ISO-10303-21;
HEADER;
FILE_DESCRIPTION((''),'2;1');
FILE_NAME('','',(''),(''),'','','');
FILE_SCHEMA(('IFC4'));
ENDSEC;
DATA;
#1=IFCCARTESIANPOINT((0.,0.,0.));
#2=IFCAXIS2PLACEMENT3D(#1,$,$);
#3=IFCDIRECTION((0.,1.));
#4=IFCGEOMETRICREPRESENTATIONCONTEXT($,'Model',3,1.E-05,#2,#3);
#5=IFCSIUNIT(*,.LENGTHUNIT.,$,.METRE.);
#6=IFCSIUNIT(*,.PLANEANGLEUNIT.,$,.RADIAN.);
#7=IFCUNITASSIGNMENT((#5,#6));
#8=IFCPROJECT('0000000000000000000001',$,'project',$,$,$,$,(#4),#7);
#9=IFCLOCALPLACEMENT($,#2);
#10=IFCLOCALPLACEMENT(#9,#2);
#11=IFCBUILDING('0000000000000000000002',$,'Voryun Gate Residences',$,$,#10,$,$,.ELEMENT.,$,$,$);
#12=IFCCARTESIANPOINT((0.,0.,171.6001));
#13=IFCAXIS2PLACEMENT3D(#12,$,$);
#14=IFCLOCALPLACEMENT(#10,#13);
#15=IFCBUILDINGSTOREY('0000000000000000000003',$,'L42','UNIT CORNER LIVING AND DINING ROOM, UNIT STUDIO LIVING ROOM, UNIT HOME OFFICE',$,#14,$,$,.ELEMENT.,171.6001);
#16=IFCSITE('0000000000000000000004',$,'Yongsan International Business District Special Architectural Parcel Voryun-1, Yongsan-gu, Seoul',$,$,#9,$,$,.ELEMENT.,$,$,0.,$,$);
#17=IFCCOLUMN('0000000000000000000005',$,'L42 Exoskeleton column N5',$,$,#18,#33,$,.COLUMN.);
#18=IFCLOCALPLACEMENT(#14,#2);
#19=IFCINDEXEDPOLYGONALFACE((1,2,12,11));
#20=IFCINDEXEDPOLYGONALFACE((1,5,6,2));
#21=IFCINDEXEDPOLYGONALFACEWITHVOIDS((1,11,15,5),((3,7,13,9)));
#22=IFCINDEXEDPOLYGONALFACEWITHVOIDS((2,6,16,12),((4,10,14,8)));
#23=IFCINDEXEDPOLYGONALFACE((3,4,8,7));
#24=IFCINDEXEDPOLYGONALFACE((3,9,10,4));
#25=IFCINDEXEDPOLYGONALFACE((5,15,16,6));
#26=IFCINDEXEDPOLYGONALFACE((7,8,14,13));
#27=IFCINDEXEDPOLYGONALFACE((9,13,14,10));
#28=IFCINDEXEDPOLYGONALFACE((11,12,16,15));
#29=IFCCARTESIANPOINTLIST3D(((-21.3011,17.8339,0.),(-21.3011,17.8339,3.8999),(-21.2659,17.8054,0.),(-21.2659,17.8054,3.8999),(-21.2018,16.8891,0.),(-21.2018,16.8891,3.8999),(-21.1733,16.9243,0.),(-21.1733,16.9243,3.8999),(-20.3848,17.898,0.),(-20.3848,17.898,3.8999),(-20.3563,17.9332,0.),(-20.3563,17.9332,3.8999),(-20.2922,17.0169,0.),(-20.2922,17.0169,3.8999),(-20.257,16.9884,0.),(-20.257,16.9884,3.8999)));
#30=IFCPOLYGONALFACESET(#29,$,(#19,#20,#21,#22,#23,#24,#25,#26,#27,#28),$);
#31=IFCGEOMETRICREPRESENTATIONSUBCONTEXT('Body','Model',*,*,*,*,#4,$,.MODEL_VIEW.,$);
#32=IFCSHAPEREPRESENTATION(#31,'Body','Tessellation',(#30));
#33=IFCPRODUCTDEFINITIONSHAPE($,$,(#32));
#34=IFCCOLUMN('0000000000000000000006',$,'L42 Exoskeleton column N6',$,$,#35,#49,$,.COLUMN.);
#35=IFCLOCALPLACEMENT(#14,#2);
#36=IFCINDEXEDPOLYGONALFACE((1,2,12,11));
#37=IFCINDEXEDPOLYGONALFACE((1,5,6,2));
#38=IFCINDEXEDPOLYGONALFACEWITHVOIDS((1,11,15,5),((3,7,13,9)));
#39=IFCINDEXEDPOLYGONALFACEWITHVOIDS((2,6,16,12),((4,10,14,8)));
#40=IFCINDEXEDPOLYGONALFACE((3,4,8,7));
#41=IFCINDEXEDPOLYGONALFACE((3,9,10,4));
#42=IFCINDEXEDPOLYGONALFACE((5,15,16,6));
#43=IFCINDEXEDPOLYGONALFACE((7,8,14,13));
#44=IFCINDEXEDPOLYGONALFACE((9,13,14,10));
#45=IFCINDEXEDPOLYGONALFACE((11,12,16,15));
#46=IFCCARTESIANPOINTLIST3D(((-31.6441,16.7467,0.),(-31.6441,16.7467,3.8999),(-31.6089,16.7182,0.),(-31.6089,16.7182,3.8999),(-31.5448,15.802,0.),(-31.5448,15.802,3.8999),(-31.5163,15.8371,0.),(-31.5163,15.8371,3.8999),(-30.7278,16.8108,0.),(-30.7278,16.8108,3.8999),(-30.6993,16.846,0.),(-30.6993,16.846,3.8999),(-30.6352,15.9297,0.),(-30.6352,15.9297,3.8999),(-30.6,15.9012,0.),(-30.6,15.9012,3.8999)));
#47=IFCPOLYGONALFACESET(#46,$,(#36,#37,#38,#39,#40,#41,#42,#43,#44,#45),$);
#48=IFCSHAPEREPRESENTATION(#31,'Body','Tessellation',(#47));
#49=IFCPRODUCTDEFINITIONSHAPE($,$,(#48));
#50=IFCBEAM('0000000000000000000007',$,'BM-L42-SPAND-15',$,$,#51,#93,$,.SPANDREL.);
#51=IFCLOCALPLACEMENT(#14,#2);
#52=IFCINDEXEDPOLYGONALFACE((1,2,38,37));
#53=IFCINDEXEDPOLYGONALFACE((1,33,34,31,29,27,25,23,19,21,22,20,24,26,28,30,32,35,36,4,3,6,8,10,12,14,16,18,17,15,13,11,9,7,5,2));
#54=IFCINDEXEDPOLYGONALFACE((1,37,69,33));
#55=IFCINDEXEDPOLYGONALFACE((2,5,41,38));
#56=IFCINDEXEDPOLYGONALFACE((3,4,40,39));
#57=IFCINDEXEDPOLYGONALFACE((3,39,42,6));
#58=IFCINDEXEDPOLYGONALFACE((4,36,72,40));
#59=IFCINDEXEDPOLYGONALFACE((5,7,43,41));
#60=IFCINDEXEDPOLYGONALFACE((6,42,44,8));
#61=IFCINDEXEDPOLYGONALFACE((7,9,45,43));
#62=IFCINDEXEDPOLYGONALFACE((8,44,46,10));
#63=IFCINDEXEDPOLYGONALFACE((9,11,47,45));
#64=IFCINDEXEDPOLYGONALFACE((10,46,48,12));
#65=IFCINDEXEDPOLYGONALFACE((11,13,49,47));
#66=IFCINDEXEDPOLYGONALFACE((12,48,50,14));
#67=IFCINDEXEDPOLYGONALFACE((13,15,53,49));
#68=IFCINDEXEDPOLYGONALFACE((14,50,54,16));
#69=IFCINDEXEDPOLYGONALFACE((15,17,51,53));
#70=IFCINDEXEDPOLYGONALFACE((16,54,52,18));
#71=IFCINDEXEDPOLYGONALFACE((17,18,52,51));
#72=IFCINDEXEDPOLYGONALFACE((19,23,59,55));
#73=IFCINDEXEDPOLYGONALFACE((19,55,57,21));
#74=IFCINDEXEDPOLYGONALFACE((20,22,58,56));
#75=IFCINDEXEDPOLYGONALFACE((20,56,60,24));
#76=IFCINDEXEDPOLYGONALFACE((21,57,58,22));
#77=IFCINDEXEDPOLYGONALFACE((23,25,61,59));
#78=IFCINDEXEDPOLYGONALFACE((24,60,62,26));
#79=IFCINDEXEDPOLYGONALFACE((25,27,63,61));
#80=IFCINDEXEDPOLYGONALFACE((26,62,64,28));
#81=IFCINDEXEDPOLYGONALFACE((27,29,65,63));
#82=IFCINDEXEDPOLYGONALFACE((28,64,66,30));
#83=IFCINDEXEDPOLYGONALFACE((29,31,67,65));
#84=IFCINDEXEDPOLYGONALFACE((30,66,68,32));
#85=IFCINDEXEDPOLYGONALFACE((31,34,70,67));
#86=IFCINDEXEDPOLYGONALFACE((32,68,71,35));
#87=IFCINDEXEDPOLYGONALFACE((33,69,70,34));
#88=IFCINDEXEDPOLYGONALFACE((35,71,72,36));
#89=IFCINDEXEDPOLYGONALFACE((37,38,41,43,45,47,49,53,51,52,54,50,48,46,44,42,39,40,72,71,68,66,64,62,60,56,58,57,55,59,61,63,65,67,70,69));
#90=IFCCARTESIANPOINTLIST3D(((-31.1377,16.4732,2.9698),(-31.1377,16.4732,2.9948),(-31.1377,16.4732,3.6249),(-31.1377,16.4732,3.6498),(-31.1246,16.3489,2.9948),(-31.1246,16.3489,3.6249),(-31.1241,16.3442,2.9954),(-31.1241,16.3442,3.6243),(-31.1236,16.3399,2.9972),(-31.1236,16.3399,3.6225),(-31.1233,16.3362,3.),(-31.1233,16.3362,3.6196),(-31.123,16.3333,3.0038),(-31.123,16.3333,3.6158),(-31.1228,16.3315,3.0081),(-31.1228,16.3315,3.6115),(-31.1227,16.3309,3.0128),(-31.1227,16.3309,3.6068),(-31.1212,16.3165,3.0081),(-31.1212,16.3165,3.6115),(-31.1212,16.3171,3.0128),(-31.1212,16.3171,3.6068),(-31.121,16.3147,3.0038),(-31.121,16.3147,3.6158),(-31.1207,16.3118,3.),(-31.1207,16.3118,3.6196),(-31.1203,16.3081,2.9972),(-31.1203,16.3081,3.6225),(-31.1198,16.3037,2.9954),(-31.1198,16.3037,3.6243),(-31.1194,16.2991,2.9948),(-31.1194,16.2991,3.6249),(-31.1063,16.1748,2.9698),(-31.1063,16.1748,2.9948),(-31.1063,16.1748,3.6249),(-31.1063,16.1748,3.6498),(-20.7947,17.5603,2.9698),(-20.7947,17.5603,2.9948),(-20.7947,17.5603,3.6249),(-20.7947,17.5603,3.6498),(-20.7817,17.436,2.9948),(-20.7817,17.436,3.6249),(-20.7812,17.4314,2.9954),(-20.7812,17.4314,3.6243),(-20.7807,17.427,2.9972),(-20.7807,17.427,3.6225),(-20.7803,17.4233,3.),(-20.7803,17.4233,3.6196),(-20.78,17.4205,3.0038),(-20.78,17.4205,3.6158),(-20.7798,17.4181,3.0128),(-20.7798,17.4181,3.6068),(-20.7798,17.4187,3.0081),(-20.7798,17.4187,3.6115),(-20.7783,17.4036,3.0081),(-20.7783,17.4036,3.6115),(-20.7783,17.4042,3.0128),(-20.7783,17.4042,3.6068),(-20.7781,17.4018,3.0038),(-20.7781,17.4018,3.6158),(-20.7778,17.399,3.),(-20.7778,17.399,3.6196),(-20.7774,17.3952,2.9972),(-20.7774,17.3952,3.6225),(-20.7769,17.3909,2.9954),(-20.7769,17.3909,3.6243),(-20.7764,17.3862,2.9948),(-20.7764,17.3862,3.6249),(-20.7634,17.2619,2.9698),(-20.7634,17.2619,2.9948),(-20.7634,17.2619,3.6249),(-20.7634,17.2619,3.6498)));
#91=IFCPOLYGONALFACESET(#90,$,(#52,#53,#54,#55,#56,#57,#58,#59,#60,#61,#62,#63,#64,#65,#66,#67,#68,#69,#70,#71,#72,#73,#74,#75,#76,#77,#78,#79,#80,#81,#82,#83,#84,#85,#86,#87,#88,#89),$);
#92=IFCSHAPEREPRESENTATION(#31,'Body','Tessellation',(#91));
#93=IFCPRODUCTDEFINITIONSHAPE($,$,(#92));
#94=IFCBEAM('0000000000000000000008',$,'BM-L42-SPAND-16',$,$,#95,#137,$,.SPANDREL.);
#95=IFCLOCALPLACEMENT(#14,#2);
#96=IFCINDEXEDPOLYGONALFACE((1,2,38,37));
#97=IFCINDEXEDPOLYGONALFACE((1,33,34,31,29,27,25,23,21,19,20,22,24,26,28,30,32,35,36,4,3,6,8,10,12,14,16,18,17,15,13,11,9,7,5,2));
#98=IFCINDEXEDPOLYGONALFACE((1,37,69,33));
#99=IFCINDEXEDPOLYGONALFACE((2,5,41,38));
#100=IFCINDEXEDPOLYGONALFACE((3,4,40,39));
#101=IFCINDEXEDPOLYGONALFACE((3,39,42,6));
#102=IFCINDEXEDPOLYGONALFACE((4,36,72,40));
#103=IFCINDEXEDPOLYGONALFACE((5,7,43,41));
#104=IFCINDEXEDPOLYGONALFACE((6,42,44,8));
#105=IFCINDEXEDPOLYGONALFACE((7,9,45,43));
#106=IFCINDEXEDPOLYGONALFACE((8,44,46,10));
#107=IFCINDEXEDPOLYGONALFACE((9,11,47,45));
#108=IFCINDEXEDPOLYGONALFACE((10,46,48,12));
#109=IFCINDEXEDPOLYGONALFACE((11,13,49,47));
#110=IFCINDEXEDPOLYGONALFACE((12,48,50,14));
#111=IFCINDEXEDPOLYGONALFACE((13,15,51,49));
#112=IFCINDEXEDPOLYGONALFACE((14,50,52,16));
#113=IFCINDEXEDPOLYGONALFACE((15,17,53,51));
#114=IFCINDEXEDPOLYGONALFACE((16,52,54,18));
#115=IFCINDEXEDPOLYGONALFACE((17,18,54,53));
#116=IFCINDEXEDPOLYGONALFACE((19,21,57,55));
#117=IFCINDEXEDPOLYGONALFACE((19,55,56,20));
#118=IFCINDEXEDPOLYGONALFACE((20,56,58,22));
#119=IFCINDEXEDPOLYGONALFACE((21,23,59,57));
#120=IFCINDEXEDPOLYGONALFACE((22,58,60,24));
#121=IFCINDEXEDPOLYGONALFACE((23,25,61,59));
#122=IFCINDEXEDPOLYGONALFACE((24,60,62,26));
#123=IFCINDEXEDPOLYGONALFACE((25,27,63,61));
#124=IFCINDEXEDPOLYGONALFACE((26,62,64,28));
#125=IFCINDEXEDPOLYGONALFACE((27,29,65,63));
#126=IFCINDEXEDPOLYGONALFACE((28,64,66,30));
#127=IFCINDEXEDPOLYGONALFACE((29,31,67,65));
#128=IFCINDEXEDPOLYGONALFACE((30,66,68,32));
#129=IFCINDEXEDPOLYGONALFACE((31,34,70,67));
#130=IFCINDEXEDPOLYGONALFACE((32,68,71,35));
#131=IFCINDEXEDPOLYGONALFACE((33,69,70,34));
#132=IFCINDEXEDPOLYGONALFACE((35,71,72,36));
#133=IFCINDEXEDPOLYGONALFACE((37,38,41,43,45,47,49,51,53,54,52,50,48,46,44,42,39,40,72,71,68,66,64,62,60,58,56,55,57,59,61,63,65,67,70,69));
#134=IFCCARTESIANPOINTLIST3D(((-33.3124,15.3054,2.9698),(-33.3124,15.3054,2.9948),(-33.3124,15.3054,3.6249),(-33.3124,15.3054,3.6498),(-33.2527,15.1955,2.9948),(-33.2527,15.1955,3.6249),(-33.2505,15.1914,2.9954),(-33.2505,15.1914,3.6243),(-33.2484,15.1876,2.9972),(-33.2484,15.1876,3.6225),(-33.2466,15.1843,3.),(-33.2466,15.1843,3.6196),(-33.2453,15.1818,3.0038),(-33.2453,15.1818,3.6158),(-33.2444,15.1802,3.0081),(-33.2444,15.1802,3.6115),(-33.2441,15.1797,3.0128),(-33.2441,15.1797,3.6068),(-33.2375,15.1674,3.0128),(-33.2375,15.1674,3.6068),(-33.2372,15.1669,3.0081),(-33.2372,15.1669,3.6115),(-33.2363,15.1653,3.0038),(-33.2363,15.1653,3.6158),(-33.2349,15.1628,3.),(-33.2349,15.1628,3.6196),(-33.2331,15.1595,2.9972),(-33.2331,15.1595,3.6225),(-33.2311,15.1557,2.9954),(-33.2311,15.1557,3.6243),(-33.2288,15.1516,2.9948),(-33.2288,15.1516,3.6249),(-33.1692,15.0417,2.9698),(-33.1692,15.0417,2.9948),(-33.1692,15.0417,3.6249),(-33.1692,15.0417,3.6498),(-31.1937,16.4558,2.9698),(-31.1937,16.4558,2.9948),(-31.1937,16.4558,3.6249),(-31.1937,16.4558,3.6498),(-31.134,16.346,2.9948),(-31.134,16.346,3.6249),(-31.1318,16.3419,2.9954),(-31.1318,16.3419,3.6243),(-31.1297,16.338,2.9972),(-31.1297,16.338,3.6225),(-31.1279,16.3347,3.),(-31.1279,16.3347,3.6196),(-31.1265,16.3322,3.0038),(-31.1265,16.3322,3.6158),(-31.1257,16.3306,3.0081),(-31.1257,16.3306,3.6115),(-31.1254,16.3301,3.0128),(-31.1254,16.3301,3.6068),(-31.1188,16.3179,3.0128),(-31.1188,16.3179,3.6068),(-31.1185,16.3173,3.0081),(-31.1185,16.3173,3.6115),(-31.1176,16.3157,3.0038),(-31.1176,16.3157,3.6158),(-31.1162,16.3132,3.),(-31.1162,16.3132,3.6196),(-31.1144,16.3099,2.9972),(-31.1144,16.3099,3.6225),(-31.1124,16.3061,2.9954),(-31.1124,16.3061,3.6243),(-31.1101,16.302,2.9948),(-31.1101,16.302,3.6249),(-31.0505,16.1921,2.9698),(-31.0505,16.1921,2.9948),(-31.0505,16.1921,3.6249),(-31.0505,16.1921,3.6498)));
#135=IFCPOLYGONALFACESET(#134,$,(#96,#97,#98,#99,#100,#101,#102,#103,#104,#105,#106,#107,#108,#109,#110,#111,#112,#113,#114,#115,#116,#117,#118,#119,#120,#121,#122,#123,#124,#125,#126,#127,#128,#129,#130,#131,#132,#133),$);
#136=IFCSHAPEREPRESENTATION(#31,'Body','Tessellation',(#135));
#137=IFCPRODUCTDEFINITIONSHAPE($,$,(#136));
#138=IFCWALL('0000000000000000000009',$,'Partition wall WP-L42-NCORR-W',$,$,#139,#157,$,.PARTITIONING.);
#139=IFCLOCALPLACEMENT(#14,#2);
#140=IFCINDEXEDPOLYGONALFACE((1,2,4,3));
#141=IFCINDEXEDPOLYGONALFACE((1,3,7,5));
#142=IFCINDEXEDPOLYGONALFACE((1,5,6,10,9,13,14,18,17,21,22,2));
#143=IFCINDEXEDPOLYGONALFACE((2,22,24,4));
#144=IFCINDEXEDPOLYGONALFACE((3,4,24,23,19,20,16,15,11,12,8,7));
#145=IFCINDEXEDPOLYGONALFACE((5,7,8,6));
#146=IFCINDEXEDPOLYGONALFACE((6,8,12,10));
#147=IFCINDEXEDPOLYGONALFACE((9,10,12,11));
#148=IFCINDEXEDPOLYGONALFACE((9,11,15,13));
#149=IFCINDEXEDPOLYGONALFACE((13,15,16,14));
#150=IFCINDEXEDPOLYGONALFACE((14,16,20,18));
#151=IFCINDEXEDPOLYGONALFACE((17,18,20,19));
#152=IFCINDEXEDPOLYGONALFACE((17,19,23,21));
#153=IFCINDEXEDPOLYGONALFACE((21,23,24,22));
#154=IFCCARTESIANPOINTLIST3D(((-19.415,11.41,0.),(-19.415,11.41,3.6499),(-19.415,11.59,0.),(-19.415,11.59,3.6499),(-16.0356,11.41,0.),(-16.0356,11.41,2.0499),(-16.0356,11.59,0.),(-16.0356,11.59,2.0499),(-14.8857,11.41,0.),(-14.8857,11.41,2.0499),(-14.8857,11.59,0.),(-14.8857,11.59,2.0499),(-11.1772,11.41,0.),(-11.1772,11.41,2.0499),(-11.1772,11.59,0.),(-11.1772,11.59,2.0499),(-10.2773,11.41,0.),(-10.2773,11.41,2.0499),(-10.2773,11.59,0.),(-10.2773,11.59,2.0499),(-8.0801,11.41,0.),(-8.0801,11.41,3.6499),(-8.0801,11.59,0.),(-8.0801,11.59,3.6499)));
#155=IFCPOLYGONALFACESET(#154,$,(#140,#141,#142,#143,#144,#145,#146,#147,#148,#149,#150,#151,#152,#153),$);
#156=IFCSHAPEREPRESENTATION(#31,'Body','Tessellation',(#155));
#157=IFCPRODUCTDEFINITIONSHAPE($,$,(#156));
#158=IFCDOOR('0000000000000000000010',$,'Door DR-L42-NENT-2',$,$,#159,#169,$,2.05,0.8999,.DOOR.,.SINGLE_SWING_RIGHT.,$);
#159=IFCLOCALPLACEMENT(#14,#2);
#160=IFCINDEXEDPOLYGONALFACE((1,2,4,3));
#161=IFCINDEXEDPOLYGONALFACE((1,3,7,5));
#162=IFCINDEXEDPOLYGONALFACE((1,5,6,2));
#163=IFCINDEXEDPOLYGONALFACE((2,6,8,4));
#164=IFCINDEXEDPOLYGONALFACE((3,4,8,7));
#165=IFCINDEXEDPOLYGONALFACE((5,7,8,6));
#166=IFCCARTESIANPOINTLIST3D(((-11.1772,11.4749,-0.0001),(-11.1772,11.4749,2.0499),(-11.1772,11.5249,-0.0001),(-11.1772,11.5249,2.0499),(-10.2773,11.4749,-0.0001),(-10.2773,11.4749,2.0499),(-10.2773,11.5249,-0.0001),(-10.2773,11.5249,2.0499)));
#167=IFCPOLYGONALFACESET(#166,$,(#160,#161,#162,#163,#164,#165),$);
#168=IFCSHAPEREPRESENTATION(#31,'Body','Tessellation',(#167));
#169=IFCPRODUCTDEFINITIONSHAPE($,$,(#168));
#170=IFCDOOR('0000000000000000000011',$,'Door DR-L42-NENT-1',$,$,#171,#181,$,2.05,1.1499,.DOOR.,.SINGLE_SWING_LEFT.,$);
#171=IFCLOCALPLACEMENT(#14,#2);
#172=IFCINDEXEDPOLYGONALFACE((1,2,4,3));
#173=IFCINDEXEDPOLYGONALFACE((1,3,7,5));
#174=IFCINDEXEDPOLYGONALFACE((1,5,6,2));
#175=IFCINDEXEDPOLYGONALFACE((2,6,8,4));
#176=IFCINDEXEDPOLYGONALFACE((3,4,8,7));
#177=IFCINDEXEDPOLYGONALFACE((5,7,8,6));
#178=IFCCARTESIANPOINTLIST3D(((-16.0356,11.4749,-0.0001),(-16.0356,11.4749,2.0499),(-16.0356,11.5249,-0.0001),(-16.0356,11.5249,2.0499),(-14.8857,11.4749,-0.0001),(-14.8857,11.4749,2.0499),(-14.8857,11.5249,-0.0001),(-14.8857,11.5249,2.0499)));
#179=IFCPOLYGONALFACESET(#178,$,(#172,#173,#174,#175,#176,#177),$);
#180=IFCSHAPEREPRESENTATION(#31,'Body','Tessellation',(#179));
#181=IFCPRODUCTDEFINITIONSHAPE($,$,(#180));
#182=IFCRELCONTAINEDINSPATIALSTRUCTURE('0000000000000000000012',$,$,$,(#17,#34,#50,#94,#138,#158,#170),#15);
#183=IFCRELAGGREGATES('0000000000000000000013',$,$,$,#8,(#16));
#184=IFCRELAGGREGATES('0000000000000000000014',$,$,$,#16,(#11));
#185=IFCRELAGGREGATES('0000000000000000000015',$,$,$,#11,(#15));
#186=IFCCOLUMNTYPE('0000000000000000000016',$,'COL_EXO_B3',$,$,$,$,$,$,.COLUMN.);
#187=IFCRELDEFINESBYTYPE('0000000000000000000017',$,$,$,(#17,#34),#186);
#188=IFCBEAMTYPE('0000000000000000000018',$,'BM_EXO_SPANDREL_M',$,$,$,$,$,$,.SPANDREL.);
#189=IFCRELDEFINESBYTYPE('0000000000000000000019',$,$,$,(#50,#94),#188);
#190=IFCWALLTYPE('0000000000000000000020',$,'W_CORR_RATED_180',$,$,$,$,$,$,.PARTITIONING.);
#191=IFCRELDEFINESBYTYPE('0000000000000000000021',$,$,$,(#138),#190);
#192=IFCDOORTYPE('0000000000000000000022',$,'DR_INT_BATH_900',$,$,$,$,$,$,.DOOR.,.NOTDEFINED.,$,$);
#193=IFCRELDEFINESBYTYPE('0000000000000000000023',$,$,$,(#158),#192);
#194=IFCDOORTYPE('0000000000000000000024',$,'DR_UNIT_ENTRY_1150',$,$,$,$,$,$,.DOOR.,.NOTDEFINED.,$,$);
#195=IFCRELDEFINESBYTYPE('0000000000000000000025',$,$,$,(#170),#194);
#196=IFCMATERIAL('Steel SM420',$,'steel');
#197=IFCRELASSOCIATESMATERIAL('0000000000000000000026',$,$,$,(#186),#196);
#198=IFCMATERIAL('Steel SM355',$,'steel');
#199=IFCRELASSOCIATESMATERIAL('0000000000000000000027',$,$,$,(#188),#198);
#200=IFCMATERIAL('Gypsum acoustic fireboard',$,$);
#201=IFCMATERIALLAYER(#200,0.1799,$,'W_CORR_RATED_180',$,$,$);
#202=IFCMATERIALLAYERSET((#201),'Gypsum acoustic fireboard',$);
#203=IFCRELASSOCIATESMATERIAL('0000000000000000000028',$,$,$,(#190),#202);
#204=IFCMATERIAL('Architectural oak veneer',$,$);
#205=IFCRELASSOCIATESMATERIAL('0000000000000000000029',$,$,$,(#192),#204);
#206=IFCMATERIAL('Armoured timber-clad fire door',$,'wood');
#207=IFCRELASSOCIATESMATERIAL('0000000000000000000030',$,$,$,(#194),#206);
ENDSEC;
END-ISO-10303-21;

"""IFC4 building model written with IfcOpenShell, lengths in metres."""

from ifc_helpers import new_model, si_unit, direction, frame, frame_2d, origin, origin_2d, place, context, subcontext, project, spatial, rectangle, hollow_rectangle, i_section, extrude, material, layer, layer_set, material_profile, profile_set, type_object, element, fill, save


model = new_model("IFC4")

# Units and contexts
model_context = context("Model", 3, precision=1e-05, world=origin(), true_north=direction((0.0, 1.0)))
body_context = subcontext(model_context, "Body", "Model", "MODEL_VIEW")
ifc_project = project(units=[si_unit("LENGTHUNIT", "METRE"), si_unit("PLANEANGLEUNIT", "RADIAN")], contexts=[model_context])

# Site, building, storey
site_placement = place(None, origin())
site = spatial("IfcSite", under=ifc_project, at=site_placement, Name="Yongsan International Business District Special Architectural Parcel Voryun-1, Yongsan-gu, Seoul", CompositionType="ELEMENT", RefElevation=0.0)
building_placement = place(site_placement, origin())
building = spatial("IfcBuilding", under=site, at=building_placement, Name="Voryun Gate Residences", CompositionType="ELEMENT")
storey_placement = place(building_placement, frame((0.0, 0.0, 171.6001)))
storey = spatial("IfcBuildingStorey", under=building, at=storey_placement, Name="L42", Description="UNIT CORNER LIVING AND DINING ROOM, UNIT STUDIO LIVING ROOM, UNIT HOME OFFICE", CompositionType="ELEMENT", Elevation=171.6001)

# Columns
ifc_material_1 = material(Name="Steel SM420", Category="steel")
ifc_material_profile_1 = material_profile(ifc_material_1, hollow_rectangle(XDim=0.95, YDim=0.95, WallThickness=0.032, at=origin_2d()), Name="BOX-950x950x32")
ifc_profile_set_1 = profile_set([ifc_material_profile_1], Name="Steel SM420")
column_type = type_object("IfcColumnType", Name="COL_EXO_B3", PredefinedType="COLUMN", material=ifc_profile_set_1)
for number, where, z_axis, x_axis, name in (
    (1, (-20.7791, 17.4111, 0.0), (0.0, 0.0, 1.0), (0.994522, 0.104528, 0.0), "L42 Exoskeleton column N5"),
    (2, (-31.1221, 16.324, 0.0), (0.0, 0.0, 1.0), (0.994522, 0.104528, 0.0), "L42 Exoskeleton column N6"),
):
    element("IfcColumn", number, at=place(storey_placement, frame(where, z_axis=z_axis, x_axis=x_axis)), inside=storey, type_object=column_type, Name=name, PredefinedType="COLUMN", context=body_context, shape_type="SweptSolid", body=[
        extrude(hollow_rectangle(XDim=0.95, YDim=0.95, WallThickness=0.032, at=origin_2d()), origin(), (0.0, 0.0, 1.0), 3.8999),
    ])

# Beams
ifc_material_2 = material(Name="Steel SM355", Category="steel")
ifc_material_profile_2 = material_profile(ifc_material_2, i_section(OverallWidth=0.3, OverallDepth=0.6799, WebThickness=0.0139, FlangeThickness=0.0249, FilletRadius=0.0181, at=origin_2d()), Name="H-680x300x14x25")
ifc_profile_set_2 = profile_set([ifc_material_profile_2], Name="Steel SM355")
beam_type = type_object("IfcBeamType", Name="BM_EXO_SPANDREL_M", PredefinedType="SPANDREL", material=ifc_profile_set_2)
beam_1_placement = place(storey_placement, frame((-20.7791, 17.4111, 3.3098), z_axis=(-0.994521, -0.104534, 0.0), x_axis=(0.104534, -0.994521, 0.0)))
element("IfcBeam", 3, at=beam_1_placement, inside=storey, type_object=beam_type, Name="BM-L42-SPAND-15", PredefinedType="SPANDREL", context=body_context, shape_type="SweptSolid", body=[
    extrude(i_section(OverallWidth=0.3, OverallDepth=0.6799, WebThickness=0.0139, FlangeThickness=0.0249, FilletRadius=0.0181, at=origin_2d()), origin(), (0.0, 0.0, 1.0), 10.3999),
])
beam_2_placement = place(storey_placement, frame((-31.1221, 16.324, 3.3098), z_axis=(-0.878807, -0.477177, 0.0), x_axis=(0.477177, -0.878807, 0.0)))
element("IfcBeam", 4, at=beam_2_placement, inside=storey, type_object=beam_type, Name="BM-L42-SPAND-16", PredefinedType="SPANDREL", context=body_context, shape_type="SweptSolid", body=[
    extrude(i_section(OverallWidth=0.3, OverallDepth=0.6799, WebThickness=0.0139, FlangeThickness=0.0249, FilletRadius=0.0181, at=origin_2d()), origin(), (0.0, 0.0, 1.0), 2.4109),
])

# Wall, openings, doors
ifc_material_3 = material(Name="Gypsum acoustic fireboard")
ifc_layer_1 = layer(ifc_material_3, 0.1799, Name="W_CORR_RATED_180")
ifc_layer_set_1 = layer_set([ifc_layer_1], Name="Gypsum acoustic fireboard")
wall_type_1 = type_object("IfcWallType", Name="W_CORR_RATED_180", PredefinedType="PARTITIONING", material=ifc_layer_set_1)
wall_1_placement = place(storey_placement, frame((-19.415, 11.5, 0.0), z_axis=(0.0, 0.0, 1.0), x_axis=(1.0, 0.0, 0.0)))
wall_1 = element("IfcWall", 5, at=wall_1_placement, inside=storey, type_object=wall_type_1, Name="Partition wall WP-L42-NCORR-W", PredefinedType="PARTITIONING", context=body_context, shape_type="SweptSolid", body=[
    extrude(rectangle(XDim=11.335, YDim=0.1799, at=frame_2d((5.6675, 0.0))), origin(), (0.0, 0.0, 1.0), 3.6499),
])
opening_1_placement = place(wall_1_placement, frame((3.3794, 0.0, 0.0)))
opening_1 = element("IfcOpeningElement", 6, at=opening_1_placement, cuts=wall_1, PredefinedType="OPENING", context=body_context, shape_type="SweptSolid", body=[
    extrude(rectangle(XDim=1.1499, YDim=2.05, at=frame_2d((0.575, 1.0249))), frame((0.0, 0.0999, 0.0), z_axis=(0.0, -1.0, 0.0), x_axis=(1.0, 0.0, 0.0)), (0.0, 0.0, 1.0), 0.2),
])
opening_2_placement = place(wall_1_placement, frame((8.2378, 0.0, 0.0)))
opening_2 = element("IfcOpeningElement", 7, at=opening_2_placement, cuts=wall_1, PredefinedType="OPENING", context=body_context, shape_type="SweptSolid", body=[
    extrude(rectangle(XDim=0.8999, YDim=2.05, at=frame_2d((0.45, 1.0249))), frame((0.0, 0.0999, 0.0), z_axis=(0.0, -1.0, 0.0), x_axis=(1.0, 0.0, 0.0)), (0.0, 0.0, 1.0), 0.2),
])
ifc_material_4 = material(Name="Architectural oak veneer")
door_type_1 = type_object("IfcDoorType", Name="DR_INT_BATH_900", OperationType="NOTDEFINED", PredefinedType="DOOR", material=ifc_material_4)
door_1_placement = place(opening_2_placement, origin())
door_1 = element("IfcDoor", 8, at=door_1_placement, inside=storey, type_object=door_type_1, Name="Door DR-L42-NENT-2", OperationType="SINGLE_SWING_RIGHT", OverallHeight=2.05, OverallWidth=0.8999, PredefinedType="DOOR", context=body_context, shape_type="SweptSolid", body=[
    extrude(rectangle(XDim=0.8999, YDim=2.05, at=frame_2d((0.45, 1.0249))), frame((0.0, 0.0249, 0.0), z_axis=(0.0, -1.0, 0.0), x_axis=(1.0, 0.0, 0.0)), (0.0, 0.0, 1.0), 0.05),
])
fill(opening_2, door_1)
ifc_material_5 = material(Name="Armoured timber-clad fire door", Category="wood")
door_type_2 = type_object("IfcDoorType", Name="DR_UNIT_ENTRY_1150", OperationType="NOTDEFINED", PredefinedType="DOOR", material=ifc_material_5)
door_2_placement = place(opening_1_placement, origin())
door_2 = element("IfcDoor", 9, at=door_2_placement, inside=storey, type_object=door_type_2, Name="Door DR-L42-NENT-1", OperationType="SINGLE_SWING_LEFT", OverallHeight=2.05, OverallWidth=1.1499, PredefinedType="DOOR", context=body_context, shape_type="SweptSolid", body=[
    extrude(rectangle(XDim=1.1499, YDim=2.05, at=frame_2d((0.575, 1.0249))), frame((0.0, 0.0249, 0.0), z_axis=(0.0, -1.0, 0.0), x_axis=(1.0, 0.0, 0.0)), (0.0, 0.0, 1.0), 0.05),
])
fill(opening_1, door_2)

save(model, "model.ifc")
